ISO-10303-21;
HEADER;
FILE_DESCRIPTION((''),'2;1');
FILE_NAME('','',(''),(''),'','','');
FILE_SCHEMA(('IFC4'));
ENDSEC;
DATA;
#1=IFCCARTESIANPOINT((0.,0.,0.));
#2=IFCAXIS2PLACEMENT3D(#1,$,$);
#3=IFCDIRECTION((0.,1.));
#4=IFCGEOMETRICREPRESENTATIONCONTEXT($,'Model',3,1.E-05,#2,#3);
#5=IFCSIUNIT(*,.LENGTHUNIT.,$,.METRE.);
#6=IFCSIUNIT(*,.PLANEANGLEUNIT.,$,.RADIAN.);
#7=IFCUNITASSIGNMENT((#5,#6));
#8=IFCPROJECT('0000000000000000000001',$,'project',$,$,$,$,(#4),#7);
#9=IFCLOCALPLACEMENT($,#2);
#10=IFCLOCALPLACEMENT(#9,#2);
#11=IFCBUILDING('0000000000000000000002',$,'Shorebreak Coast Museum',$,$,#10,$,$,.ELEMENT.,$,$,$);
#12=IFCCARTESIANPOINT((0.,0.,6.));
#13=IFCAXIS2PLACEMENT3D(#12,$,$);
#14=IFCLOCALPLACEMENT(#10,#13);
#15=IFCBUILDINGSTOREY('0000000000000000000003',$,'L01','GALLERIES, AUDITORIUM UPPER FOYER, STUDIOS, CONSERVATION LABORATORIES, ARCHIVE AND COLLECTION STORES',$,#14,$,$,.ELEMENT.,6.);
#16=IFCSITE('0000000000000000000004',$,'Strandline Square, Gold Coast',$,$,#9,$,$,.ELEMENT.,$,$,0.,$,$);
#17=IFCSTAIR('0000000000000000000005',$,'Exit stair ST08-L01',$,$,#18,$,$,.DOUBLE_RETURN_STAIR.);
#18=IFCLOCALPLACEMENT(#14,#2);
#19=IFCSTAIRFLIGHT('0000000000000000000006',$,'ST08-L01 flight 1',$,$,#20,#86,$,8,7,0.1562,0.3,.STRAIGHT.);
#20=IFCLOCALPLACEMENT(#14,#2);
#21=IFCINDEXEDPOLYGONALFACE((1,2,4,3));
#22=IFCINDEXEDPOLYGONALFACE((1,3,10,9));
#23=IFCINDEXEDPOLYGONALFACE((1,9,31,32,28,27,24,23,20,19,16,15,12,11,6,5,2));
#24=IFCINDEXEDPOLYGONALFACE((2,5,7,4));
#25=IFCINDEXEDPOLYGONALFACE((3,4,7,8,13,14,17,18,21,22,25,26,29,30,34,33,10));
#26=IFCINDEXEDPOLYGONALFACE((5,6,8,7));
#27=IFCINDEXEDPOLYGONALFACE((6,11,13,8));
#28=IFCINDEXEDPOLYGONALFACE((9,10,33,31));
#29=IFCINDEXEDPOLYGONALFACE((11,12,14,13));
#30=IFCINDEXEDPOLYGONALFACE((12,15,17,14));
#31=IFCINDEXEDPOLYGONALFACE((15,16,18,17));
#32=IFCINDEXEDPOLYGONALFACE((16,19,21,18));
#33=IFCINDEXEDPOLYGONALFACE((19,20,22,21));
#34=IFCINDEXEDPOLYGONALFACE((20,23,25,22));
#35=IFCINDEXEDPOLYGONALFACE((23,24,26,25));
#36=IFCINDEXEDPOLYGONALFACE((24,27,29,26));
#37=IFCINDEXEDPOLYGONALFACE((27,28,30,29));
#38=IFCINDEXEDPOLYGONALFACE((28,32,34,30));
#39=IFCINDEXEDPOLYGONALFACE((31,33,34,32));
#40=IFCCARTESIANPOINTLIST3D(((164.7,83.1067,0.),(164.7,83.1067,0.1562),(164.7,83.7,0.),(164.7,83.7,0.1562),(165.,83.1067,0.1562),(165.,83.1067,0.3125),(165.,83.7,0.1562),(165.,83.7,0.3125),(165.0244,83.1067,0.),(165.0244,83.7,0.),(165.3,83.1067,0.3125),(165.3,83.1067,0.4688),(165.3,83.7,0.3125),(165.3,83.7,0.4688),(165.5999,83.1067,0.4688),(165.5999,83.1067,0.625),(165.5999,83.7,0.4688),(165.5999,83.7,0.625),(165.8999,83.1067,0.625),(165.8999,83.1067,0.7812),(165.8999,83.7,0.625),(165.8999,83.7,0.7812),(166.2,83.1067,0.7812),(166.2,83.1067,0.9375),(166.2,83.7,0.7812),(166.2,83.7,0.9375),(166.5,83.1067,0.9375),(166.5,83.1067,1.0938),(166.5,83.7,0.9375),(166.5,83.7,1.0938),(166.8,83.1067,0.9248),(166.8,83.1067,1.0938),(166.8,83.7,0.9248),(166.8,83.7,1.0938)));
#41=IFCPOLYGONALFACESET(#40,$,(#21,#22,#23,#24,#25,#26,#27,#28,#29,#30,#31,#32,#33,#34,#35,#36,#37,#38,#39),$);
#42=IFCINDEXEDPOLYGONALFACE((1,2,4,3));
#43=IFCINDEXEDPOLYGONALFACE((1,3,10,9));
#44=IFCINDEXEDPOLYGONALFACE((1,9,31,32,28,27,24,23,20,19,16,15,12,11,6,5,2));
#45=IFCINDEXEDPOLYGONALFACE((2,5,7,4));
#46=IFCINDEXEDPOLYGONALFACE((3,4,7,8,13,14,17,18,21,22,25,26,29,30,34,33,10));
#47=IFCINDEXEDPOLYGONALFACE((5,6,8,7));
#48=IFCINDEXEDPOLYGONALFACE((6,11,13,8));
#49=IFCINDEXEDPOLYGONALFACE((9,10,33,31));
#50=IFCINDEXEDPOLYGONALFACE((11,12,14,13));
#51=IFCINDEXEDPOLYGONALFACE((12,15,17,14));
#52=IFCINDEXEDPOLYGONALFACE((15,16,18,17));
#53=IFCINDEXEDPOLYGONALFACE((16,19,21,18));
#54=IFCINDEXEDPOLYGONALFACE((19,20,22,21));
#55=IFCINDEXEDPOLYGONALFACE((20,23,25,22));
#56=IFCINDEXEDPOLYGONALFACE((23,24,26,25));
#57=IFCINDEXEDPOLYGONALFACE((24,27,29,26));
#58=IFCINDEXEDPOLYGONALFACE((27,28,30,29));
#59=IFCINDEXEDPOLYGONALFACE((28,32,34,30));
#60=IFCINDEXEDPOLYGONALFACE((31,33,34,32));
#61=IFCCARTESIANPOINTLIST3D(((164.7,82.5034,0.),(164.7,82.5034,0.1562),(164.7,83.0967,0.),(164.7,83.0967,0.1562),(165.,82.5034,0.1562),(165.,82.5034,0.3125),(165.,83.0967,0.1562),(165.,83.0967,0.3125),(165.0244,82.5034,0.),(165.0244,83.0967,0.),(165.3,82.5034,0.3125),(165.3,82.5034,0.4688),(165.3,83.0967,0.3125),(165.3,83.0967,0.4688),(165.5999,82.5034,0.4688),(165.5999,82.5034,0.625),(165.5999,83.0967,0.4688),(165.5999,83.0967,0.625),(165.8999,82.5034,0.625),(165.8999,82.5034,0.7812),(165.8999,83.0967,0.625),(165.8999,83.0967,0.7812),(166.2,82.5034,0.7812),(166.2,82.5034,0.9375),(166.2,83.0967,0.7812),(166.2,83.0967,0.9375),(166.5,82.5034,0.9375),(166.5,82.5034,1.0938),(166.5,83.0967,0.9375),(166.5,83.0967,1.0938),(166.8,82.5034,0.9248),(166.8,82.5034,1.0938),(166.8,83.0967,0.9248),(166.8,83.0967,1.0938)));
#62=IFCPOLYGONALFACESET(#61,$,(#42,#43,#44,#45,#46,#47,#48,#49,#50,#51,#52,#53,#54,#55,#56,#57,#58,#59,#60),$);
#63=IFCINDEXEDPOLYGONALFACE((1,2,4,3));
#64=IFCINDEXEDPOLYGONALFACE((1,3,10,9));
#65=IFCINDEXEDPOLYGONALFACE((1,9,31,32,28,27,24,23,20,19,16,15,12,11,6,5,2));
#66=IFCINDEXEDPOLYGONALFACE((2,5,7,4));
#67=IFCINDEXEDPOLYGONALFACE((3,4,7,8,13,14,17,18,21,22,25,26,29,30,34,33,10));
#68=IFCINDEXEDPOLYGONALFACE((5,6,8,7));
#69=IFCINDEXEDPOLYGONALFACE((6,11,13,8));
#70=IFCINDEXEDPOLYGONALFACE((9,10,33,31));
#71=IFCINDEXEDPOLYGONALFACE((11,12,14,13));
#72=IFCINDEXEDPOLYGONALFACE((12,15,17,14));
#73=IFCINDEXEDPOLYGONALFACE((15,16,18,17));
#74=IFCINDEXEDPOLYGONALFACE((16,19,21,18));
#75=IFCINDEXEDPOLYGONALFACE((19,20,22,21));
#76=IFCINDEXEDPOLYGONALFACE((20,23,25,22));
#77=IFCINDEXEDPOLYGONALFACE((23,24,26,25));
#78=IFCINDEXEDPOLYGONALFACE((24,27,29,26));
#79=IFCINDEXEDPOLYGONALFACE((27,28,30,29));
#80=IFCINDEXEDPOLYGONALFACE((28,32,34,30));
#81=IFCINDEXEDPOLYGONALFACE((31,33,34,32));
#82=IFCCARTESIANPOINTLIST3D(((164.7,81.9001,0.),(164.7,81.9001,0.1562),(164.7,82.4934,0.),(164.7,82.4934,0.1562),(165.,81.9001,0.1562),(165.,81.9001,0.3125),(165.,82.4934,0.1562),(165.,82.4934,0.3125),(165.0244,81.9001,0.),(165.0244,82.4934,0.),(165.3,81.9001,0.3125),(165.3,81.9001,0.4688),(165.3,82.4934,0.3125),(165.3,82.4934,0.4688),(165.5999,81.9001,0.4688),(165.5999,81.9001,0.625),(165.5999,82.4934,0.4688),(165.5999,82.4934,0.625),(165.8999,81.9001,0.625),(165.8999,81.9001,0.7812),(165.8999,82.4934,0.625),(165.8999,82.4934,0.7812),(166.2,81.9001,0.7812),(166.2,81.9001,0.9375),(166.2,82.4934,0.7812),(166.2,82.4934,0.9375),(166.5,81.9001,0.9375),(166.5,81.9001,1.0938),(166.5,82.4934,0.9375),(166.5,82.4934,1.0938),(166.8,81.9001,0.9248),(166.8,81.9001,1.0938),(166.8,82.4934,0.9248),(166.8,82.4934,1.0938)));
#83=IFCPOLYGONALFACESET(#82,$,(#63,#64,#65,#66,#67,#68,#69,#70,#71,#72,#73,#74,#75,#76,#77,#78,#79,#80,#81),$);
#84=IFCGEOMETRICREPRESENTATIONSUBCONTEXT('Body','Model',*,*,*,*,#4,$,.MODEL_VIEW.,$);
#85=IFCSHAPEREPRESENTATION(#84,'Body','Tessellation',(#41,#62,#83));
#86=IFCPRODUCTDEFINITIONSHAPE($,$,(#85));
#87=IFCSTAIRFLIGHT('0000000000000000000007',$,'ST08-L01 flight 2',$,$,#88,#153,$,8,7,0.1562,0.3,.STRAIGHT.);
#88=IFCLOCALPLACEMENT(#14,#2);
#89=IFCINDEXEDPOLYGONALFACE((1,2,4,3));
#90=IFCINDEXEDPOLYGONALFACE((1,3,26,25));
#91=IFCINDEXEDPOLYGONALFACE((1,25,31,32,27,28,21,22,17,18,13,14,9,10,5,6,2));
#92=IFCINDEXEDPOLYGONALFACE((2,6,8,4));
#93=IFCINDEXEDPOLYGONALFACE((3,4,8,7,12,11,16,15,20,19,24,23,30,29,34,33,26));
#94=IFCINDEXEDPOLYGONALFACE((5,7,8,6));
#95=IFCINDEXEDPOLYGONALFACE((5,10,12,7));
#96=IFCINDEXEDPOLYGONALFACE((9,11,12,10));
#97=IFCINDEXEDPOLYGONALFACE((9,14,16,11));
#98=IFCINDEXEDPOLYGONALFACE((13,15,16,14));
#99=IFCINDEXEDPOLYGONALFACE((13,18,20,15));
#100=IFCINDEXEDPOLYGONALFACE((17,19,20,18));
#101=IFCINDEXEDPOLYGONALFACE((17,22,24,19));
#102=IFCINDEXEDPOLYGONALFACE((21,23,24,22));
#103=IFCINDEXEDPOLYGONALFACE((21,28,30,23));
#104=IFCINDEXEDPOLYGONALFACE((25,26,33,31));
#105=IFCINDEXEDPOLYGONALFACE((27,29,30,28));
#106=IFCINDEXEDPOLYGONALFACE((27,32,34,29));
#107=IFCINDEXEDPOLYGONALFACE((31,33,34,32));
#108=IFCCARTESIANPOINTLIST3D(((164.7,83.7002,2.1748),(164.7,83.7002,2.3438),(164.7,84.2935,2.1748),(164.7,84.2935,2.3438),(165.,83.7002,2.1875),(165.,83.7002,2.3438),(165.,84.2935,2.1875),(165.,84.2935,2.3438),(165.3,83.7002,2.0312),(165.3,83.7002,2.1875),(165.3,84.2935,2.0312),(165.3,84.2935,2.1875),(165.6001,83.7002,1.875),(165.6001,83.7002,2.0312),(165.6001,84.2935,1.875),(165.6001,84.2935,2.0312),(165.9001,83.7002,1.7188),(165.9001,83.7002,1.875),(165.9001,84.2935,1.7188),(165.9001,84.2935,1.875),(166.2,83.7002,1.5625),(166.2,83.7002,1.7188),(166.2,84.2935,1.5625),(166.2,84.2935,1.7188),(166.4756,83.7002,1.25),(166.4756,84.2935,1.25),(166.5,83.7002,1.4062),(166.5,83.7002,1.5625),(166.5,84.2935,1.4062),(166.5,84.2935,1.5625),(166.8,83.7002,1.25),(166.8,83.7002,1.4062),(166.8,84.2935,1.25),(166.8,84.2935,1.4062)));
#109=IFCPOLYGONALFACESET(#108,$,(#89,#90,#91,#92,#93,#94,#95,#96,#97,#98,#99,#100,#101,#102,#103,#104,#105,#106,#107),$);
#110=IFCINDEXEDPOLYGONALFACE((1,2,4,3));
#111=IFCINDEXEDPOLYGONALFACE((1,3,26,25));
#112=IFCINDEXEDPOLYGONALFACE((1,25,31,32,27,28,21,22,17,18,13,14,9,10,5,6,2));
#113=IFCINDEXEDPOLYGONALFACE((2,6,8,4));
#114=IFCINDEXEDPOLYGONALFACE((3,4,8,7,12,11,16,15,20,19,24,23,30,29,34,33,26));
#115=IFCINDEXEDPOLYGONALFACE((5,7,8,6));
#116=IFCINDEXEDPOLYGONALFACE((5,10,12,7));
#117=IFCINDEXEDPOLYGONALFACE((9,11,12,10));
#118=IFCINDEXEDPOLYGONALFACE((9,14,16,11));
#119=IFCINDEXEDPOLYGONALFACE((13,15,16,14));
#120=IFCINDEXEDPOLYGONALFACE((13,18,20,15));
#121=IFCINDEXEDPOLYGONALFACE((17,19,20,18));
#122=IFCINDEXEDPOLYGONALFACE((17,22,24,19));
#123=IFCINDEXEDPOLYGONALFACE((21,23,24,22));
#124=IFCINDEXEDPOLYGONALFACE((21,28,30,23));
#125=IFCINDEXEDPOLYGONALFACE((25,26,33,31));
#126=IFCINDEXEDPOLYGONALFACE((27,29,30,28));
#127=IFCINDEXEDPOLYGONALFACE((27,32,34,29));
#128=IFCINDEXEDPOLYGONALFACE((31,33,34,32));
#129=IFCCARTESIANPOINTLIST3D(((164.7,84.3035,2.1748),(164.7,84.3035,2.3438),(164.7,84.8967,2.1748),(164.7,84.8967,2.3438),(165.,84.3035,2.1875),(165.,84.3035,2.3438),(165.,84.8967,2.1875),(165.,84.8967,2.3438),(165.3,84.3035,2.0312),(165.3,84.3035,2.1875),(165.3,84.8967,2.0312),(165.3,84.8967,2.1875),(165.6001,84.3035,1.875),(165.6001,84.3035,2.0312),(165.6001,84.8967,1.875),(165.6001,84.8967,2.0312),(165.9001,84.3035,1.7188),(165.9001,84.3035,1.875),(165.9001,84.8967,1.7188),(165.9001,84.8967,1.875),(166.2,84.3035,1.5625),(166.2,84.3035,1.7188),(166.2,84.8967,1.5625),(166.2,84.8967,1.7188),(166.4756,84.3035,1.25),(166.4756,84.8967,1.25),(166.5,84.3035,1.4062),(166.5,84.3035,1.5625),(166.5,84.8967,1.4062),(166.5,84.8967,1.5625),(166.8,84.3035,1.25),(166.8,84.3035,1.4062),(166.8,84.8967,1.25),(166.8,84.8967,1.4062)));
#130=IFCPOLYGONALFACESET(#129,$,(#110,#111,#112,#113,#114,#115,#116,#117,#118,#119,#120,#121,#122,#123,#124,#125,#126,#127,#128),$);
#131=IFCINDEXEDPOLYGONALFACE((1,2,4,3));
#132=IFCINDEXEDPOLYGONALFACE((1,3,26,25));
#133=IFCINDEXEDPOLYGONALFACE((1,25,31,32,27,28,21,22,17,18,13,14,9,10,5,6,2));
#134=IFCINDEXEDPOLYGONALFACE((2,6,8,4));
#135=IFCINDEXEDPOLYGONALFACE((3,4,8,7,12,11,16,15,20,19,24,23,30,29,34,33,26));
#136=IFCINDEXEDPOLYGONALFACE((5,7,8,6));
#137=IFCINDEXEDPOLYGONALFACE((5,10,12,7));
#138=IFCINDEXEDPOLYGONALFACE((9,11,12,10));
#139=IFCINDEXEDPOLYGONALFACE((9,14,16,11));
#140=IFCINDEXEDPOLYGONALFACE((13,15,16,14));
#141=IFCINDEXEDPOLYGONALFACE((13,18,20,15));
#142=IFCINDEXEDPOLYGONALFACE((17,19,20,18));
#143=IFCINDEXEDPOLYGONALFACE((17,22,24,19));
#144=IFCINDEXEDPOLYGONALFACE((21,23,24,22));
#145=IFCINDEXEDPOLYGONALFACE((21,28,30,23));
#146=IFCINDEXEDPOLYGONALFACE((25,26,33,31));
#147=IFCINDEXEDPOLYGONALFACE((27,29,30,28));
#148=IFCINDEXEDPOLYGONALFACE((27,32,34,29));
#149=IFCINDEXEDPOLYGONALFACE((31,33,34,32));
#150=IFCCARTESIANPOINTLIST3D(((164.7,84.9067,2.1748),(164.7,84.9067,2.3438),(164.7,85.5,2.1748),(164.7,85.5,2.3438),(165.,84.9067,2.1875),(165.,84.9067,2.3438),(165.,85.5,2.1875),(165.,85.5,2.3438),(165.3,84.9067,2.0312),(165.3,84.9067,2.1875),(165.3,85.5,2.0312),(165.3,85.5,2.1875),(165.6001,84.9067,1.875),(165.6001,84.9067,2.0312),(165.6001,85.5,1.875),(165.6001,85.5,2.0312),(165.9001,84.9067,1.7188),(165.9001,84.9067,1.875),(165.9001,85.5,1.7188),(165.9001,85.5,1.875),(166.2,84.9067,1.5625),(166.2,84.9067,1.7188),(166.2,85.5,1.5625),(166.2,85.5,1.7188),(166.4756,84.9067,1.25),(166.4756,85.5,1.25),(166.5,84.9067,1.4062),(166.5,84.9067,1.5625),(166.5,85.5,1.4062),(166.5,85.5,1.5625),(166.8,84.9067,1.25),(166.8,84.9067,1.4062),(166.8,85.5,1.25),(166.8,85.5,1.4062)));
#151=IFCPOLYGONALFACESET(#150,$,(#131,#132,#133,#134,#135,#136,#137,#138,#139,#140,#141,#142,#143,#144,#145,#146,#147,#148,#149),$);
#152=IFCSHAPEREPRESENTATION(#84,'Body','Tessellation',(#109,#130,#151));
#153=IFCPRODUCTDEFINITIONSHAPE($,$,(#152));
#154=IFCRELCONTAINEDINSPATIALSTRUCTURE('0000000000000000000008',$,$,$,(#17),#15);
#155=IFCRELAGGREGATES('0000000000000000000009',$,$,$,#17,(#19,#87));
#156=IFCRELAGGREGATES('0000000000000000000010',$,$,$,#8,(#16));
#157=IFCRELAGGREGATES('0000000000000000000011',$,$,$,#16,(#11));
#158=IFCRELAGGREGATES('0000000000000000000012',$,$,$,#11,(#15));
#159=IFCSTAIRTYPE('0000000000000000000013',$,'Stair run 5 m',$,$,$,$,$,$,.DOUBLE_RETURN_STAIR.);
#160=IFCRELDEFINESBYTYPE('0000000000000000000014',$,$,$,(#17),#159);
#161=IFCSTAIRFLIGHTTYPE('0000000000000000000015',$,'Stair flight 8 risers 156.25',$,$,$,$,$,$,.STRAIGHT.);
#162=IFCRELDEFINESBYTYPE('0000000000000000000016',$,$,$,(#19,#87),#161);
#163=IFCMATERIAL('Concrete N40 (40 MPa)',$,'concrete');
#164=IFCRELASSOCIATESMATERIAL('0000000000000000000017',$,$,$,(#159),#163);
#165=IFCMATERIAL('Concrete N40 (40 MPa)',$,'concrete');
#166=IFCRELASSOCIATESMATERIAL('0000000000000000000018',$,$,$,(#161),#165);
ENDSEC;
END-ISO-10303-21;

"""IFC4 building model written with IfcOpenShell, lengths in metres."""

from ifc_helpers import new_model, si_unit, direction, frame, origin, place, context, subcontext, project, spatial, polyline, outline, extrude, material, type_object, element, aggregate, save


model = new_model("IFC4")

# Units and contexts
model_context = context("Model", 3, precision=1e-05, world=origin(), true_north=direction((0.0, 1.0)))
body_context = subcontext(model_context, "Body", "Model", "MODEL_VIEW")
ifc_project = project(units=[si_unit("LENGTHUNIT", "METRE"), si_unit("PLANEANGLEUNIT", "RADIAN")], contexts=[model_context])

# Site, building, storey
site_placement = place(None, origin())
site = spatial("IfcSite", under=ifc_project, at=site_placement, Name="Strandline Square, Gold Coast", CompositionType="ELEMENT", RefElevation=0.0)
building_placement = place(site_placement, origin())
building = spatial("IfcBuilding", under=site, at=building_placement, Name="Shorebreak Coast Museum", CompositionType="ELEMENT")
storey_placement = place(building_placement, frame((0.0, 0.0, 6.0)))
storey = spatial("IfcBuildingStorey", under=building, at=storey_placement, Name="L01", Description="GALLERIES, AUDITORIUM UPPER FOYER, STUDIOS, CONSERVATION LABORATORIES, ARCHIVE AND COLLECTION STORES", CompositionType="ELEMENT", Elevation=6.0)

# Stair, stair flights
ifc_material_1 = material(Name="Concrete N40 (40 MPa)", Category="concrete")
stair_type = type_object("IfcStairType", Name="Stair run 5 m", PredefinedType="DOUBLE_RETURN_STAIR", material=ifc_material_1)
stair_placement = place(storey_placement, origin())
stair = element("IfcStair", 1, at=stair_placement, inside=storey, type_object=stair_type, Name="Exit stair ST08-L01", PredefinedType="DOUBLE_RETURN_STAIR")
ifc_material_2 = material(Name="Concrete N40 (40 MPa)", Category="concrete")
stair_flight_type = type_object("IfcStairFlightType", Name="Stair flight 8 risers 156.25", PredefinedType="STRAIGHT", material=ifc_material_2)
stair_flight_1_placement = place(storey_placement, frame((164.7, 82.8, 0.0), z_axis=(0.0, 0.0, 1.0), x_axis=(1.0, 0.0, 0.0)))
stair_flight_1 = element("IfcStairFlight", 2, at=stair_flight_1_placement, type_object=stair_flight_type, Name="ST08-L01 flight 1", NumberOfRisers=8, NumberOfTreads=7, PredefinedType="STRAIGHT", RiserHeight=0.1562, TreadLength=0.3, context=body_context, shape_type="SweptSolid", body=[
    extrude(outline(polyline([(0.0, 0.0), (0.0, 0.1562), (0.3, 0.1562), (0.3, 0.3125), (0.6001, 0.3125), (0.6001, 0.4688), (0.8999, 0.4688), (0.8999, 0.625), (1.2, 0.625), (1.2, 0.7812), (1.5, 0.7812), (1.5, 0.9375), (1.8, 0.9375), (1.8, 1.0938), (2.1001, 1.0938), (2.1001, 1.25), (2.1001, 0.9248), (0.3245, 0.0), (0.0, 0.0)])), frame((0.0, 0.8999, 0.0), z_axis=(0.0, -1.0, 0.0), x_axis=(1.0, 0.0, 0.0)), (0.0, 0.0, 1.0), 0.5933),
    extrude(outline(polyline([(0.0, 0.0), (0.0, 0.1562), (0.3, 0.1562), (0.3, 0.3125), (0.6001, 0.3125), (0.6001, 0.4688), (0.8999, 0.4688), (0.8999, 0.625), (1.2, 0.625), (1.2, 0.7812), (1.5, 0.7812), (1.5, 0.9375), (1.8, 0.9375), (1.8, 1.0938), (2.1001, 1.0938), (2.1001, 1.25), (2.1001, 0.9248), (0.3245, 0.0), (0.0, 0.0)])), frame((0.0, 0.2966, 0.0), z_axis=(0.0, -1.0, 0.0), x_axis=(1.0, 0.0, 0.0)), (0.0, 0.0, 1.0), 0.5933),
    extrude(outline(polyline([(0.0, 0.0), (0.0, 0.1562), (0.3, 0.1562), (0.3, 0.3125), (0.6001, 0.3125), (0.6001, 0.4688), (0.8999, 0.4688), (0.8999, 0.625), (1.2, 0.625), (1.2, 0.7812), (1.5, 0.7812), (1.5, 0.9375), (1.8, 0.9375), (1.8, 1.0938), (2.1001, 1.0938), (2.1001, 1.25), (2.1001, 0.9248), (0.3245, 0.0), (0.0, 0.0)])), frame((0.0, -0.3066, 0.0), z_axis=(0.0, -1.0, 0.0), x_axis=(1.0, 0.0, 0.0)), (0.0, 0.0, 1.0), 0.5933),
])
stair_flight_2_placement = place(storey_placement, frame((166.8, 84.6001, 1.25), z_axis=(0.0, 0.0, 1.0), x_axis=(-1.0, 0.0, 0.0)))
stair_flight_2 = element("IfcStairFlight", 3, at=stair_flight_2_placement, type_object=stair_flight_type, Name="ST08-L01 flight 2", NumberOfRisers=8, NumberOfTreads=7, PredefinedType="STRAIGHT", RiserHeight=0.1562, TreadLength=0.3, context=body_context, shape_type="SweptSolid", body=[
    extrude(outline(polyline([(0.0, 0.0), (0.0, 0.1562), (0.3, 0.1562), (0.3, 0.3125), (0.6001, 0.3125), (0.6001, 0.4688), (0.8999, 0.4688), (0.8999, 0.625), (1.2, 0.625), (1.2, 0.7812), (1.5, 0.7812), (1.5, 0.9375), (1.8, 0.9375), (1.8, 1.0938), (2.1001, 1.0938), (2.1001, 1.25), (2.1001, 0.9248), (0.3245, 0.0), (0.0, 0.0)])), frame((0.0, 0.8999, 0.0), z_axis=(0.0, -1.0, 0.0), x_axis=(1.0, 0.0, 0.0)), (0.0, 0.0, 1.0), 0.5933),
    extrude(outline(polyline([(0.0, 0.0), (0.0, 0.1562), (0.3, 0.1562), (0.3, 0.3125), (0.6001, 0.3125), (0.6001, 0.4688), (0.8999, 0.4688), (0.8999, 0.625), (1.2, 0.625), (1.2, 0.7812), (1.5, 0.7812), (1.5, 0.9375), (1.8, 0.9375), (1.8, 1.0938), (2.1001, 1.0938), (2.1001, 1.25), (2.1001, 0.9248), (0.3245, 0.0), (0.0, 0.0)])), frame((0.0, 0.2966, 0.0), z_axis=(0.0, -1.0, 0.0), x_axis=(1.0, 0.0, 0.0)), (0.0, 0.0, 1.0), 0.5933),
    extrude(outline(polyline([(0.0, 0.0), (0.0, 0.1562), (0.3, 0.1562), (0.3, 0.3125), (0.6001, 0.3125), (0.6001, 0.4688), (0.8999, 0.4688), (0.8999, 0.625), (1.2, 0.625), (1.2, 0.7812), (1.5, 0.7812), (1.5, 0.9375), (1.8, 0.9375), (1.8, 1.0938), (2.1001, 1.0938), (2.1001, 1.25), (2.1001, 0.9248), (0.3245, 0.0), (0.0, 0.0)])), frame((0.0, -0.3066, 0.0), z_axis=(0.0, -1.0, 0.0), x_axis=(1.0, 0.0, 0.0)), (0.0, 0.0, 1.0), 0.5933),
])
aggregate(stair, [stair_flight_1, stair_flight_2])

save(model, "model.ifc")
